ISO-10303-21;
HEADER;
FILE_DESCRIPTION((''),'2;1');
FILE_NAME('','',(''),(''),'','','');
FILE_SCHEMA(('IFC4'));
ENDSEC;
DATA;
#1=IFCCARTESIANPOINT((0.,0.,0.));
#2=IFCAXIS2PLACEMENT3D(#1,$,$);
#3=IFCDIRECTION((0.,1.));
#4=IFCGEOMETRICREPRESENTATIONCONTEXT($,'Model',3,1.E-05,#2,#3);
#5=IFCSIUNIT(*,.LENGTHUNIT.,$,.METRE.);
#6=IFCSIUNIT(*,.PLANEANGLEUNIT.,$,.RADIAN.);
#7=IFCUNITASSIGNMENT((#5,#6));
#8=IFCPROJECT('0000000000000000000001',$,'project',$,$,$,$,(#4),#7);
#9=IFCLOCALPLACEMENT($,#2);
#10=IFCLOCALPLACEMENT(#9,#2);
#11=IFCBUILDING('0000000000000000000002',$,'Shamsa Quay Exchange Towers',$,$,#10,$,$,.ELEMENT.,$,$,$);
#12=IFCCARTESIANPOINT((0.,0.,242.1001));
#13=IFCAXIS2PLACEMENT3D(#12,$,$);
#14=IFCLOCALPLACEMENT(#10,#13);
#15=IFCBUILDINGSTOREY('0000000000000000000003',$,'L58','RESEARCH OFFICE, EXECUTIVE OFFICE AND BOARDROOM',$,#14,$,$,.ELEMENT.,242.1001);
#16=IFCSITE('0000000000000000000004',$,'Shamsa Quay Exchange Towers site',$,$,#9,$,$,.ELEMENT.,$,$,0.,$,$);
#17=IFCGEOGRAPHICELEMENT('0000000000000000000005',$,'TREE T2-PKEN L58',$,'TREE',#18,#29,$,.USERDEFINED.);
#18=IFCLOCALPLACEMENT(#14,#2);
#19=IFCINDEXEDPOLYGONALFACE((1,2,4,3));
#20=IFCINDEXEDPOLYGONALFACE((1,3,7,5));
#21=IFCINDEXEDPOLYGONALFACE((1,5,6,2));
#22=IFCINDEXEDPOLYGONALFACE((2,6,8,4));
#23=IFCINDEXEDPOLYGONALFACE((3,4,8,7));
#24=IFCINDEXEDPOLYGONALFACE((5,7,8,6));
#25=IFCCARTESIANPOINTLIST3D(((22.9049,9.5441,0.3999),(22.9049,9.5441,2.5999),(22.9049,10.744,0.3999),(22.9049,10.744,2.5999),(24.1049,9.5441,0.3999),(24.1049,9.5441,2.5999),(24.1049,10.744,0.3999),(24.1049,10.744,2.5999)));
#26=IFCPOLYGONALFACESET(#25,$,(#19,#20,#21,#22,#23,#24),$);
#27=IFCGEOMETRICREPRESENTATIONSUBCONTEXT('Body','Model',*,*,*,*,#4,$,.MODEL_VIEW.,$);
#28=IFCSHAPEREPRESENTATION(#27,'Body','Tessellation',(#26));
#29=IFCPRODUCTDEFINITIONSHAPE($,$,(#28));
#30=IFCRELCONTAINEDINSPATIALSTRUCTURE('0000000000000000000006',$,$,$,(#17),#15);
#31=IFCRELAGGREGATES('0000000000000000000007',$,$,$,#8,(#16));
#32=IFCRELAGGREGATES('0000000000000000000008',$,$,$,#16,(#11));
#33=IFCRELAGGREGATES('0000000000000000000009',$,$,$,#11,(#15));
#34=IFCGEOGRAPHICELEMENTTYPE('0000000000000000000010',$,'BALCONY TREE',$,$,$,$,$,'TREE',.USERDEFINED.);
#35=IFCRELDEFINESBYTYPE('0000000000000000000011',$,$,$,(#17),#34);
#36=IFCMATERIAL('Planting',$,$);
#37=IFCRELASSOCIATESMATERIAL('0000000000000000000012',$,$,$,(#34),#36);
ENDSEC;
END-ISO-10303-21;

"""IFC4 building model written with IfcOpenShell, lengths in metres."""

from ifc_helpers import new_model, si_unit, direction, frame, origin, origin_2d, place, context, subcontext, project, spatial, rectangle, extrude, material, type_object, element, save


model = new_model("IFC4")

# Units and contexts
model_context = context("Model", 3, precision=1e-05, world=origin(), true_north=direction((0.0, 1.0)))
body_context = subcontext(model_context, "Body", "Model", "MODEL_VIEW")
ifc_project = project(units=[si_unit("LENGTHUNIT", "METRE"), si_unit("PLANEANGLEUNIT", "RADIAN")], contexts=[model_context])

# Site, building, storey
site_placement = place(None, origin())
site = spatial("IfcSite", under=ifc_project, at=site_placement, Name="Shamsa Quay Exchange Towers site", CompositionType="ELEMENT", RefElevation=0.0)
building_placement = place(site_placement, origin())
building = spatial("IfcBuilding", under=site, at=building_placement, Name="Shamsa Quay Exchange Towers", CompositionType="ELEMENT")
storey_placement = place(building_placement, frame((0.0, 0.0, 242.1001)))
storey = spatial("IfcBuildingStorey", under=building, at=storey_placement, Name="L58", Description="RESEARCH OFFICE, EXECUTIVE OFFICE AND BOARDROOM", CompositionType="ELEMENT", Elevation=242.1001)

# Geographic element
ifc_material_1 = material(Name="Planting")
geographic_element_type = type_object("IfcGeographicElementType", Name="BALCONY TREE", ElementType="TREE", PredefinedType="USERDEFINED", material=ifc_material_1)
geographic_element_placement = place(storey_placement, frame((23.5049, 10.144, 0.3999), z_axis=(0.0, 0.0, 1.0), x_axis=(0.0, -1.0, 0.0)))
element("IfcGeographicElement", 1, at=geographic_element_placement, inside=storey, type_object=geographic_element_type, Name="TREE T2-PKEN L58", ObjectType="TREE", PredefinedType="USERDEFINED", context=body_context, shape_type="SweptSolid", body=[
    extrude(rectangle(XDim=1.2, YDim=1.2, at=origin_2d()), origin(), (0.0, 0.0, 1.0), 2.2),
])

save(model, "model.ifc")
